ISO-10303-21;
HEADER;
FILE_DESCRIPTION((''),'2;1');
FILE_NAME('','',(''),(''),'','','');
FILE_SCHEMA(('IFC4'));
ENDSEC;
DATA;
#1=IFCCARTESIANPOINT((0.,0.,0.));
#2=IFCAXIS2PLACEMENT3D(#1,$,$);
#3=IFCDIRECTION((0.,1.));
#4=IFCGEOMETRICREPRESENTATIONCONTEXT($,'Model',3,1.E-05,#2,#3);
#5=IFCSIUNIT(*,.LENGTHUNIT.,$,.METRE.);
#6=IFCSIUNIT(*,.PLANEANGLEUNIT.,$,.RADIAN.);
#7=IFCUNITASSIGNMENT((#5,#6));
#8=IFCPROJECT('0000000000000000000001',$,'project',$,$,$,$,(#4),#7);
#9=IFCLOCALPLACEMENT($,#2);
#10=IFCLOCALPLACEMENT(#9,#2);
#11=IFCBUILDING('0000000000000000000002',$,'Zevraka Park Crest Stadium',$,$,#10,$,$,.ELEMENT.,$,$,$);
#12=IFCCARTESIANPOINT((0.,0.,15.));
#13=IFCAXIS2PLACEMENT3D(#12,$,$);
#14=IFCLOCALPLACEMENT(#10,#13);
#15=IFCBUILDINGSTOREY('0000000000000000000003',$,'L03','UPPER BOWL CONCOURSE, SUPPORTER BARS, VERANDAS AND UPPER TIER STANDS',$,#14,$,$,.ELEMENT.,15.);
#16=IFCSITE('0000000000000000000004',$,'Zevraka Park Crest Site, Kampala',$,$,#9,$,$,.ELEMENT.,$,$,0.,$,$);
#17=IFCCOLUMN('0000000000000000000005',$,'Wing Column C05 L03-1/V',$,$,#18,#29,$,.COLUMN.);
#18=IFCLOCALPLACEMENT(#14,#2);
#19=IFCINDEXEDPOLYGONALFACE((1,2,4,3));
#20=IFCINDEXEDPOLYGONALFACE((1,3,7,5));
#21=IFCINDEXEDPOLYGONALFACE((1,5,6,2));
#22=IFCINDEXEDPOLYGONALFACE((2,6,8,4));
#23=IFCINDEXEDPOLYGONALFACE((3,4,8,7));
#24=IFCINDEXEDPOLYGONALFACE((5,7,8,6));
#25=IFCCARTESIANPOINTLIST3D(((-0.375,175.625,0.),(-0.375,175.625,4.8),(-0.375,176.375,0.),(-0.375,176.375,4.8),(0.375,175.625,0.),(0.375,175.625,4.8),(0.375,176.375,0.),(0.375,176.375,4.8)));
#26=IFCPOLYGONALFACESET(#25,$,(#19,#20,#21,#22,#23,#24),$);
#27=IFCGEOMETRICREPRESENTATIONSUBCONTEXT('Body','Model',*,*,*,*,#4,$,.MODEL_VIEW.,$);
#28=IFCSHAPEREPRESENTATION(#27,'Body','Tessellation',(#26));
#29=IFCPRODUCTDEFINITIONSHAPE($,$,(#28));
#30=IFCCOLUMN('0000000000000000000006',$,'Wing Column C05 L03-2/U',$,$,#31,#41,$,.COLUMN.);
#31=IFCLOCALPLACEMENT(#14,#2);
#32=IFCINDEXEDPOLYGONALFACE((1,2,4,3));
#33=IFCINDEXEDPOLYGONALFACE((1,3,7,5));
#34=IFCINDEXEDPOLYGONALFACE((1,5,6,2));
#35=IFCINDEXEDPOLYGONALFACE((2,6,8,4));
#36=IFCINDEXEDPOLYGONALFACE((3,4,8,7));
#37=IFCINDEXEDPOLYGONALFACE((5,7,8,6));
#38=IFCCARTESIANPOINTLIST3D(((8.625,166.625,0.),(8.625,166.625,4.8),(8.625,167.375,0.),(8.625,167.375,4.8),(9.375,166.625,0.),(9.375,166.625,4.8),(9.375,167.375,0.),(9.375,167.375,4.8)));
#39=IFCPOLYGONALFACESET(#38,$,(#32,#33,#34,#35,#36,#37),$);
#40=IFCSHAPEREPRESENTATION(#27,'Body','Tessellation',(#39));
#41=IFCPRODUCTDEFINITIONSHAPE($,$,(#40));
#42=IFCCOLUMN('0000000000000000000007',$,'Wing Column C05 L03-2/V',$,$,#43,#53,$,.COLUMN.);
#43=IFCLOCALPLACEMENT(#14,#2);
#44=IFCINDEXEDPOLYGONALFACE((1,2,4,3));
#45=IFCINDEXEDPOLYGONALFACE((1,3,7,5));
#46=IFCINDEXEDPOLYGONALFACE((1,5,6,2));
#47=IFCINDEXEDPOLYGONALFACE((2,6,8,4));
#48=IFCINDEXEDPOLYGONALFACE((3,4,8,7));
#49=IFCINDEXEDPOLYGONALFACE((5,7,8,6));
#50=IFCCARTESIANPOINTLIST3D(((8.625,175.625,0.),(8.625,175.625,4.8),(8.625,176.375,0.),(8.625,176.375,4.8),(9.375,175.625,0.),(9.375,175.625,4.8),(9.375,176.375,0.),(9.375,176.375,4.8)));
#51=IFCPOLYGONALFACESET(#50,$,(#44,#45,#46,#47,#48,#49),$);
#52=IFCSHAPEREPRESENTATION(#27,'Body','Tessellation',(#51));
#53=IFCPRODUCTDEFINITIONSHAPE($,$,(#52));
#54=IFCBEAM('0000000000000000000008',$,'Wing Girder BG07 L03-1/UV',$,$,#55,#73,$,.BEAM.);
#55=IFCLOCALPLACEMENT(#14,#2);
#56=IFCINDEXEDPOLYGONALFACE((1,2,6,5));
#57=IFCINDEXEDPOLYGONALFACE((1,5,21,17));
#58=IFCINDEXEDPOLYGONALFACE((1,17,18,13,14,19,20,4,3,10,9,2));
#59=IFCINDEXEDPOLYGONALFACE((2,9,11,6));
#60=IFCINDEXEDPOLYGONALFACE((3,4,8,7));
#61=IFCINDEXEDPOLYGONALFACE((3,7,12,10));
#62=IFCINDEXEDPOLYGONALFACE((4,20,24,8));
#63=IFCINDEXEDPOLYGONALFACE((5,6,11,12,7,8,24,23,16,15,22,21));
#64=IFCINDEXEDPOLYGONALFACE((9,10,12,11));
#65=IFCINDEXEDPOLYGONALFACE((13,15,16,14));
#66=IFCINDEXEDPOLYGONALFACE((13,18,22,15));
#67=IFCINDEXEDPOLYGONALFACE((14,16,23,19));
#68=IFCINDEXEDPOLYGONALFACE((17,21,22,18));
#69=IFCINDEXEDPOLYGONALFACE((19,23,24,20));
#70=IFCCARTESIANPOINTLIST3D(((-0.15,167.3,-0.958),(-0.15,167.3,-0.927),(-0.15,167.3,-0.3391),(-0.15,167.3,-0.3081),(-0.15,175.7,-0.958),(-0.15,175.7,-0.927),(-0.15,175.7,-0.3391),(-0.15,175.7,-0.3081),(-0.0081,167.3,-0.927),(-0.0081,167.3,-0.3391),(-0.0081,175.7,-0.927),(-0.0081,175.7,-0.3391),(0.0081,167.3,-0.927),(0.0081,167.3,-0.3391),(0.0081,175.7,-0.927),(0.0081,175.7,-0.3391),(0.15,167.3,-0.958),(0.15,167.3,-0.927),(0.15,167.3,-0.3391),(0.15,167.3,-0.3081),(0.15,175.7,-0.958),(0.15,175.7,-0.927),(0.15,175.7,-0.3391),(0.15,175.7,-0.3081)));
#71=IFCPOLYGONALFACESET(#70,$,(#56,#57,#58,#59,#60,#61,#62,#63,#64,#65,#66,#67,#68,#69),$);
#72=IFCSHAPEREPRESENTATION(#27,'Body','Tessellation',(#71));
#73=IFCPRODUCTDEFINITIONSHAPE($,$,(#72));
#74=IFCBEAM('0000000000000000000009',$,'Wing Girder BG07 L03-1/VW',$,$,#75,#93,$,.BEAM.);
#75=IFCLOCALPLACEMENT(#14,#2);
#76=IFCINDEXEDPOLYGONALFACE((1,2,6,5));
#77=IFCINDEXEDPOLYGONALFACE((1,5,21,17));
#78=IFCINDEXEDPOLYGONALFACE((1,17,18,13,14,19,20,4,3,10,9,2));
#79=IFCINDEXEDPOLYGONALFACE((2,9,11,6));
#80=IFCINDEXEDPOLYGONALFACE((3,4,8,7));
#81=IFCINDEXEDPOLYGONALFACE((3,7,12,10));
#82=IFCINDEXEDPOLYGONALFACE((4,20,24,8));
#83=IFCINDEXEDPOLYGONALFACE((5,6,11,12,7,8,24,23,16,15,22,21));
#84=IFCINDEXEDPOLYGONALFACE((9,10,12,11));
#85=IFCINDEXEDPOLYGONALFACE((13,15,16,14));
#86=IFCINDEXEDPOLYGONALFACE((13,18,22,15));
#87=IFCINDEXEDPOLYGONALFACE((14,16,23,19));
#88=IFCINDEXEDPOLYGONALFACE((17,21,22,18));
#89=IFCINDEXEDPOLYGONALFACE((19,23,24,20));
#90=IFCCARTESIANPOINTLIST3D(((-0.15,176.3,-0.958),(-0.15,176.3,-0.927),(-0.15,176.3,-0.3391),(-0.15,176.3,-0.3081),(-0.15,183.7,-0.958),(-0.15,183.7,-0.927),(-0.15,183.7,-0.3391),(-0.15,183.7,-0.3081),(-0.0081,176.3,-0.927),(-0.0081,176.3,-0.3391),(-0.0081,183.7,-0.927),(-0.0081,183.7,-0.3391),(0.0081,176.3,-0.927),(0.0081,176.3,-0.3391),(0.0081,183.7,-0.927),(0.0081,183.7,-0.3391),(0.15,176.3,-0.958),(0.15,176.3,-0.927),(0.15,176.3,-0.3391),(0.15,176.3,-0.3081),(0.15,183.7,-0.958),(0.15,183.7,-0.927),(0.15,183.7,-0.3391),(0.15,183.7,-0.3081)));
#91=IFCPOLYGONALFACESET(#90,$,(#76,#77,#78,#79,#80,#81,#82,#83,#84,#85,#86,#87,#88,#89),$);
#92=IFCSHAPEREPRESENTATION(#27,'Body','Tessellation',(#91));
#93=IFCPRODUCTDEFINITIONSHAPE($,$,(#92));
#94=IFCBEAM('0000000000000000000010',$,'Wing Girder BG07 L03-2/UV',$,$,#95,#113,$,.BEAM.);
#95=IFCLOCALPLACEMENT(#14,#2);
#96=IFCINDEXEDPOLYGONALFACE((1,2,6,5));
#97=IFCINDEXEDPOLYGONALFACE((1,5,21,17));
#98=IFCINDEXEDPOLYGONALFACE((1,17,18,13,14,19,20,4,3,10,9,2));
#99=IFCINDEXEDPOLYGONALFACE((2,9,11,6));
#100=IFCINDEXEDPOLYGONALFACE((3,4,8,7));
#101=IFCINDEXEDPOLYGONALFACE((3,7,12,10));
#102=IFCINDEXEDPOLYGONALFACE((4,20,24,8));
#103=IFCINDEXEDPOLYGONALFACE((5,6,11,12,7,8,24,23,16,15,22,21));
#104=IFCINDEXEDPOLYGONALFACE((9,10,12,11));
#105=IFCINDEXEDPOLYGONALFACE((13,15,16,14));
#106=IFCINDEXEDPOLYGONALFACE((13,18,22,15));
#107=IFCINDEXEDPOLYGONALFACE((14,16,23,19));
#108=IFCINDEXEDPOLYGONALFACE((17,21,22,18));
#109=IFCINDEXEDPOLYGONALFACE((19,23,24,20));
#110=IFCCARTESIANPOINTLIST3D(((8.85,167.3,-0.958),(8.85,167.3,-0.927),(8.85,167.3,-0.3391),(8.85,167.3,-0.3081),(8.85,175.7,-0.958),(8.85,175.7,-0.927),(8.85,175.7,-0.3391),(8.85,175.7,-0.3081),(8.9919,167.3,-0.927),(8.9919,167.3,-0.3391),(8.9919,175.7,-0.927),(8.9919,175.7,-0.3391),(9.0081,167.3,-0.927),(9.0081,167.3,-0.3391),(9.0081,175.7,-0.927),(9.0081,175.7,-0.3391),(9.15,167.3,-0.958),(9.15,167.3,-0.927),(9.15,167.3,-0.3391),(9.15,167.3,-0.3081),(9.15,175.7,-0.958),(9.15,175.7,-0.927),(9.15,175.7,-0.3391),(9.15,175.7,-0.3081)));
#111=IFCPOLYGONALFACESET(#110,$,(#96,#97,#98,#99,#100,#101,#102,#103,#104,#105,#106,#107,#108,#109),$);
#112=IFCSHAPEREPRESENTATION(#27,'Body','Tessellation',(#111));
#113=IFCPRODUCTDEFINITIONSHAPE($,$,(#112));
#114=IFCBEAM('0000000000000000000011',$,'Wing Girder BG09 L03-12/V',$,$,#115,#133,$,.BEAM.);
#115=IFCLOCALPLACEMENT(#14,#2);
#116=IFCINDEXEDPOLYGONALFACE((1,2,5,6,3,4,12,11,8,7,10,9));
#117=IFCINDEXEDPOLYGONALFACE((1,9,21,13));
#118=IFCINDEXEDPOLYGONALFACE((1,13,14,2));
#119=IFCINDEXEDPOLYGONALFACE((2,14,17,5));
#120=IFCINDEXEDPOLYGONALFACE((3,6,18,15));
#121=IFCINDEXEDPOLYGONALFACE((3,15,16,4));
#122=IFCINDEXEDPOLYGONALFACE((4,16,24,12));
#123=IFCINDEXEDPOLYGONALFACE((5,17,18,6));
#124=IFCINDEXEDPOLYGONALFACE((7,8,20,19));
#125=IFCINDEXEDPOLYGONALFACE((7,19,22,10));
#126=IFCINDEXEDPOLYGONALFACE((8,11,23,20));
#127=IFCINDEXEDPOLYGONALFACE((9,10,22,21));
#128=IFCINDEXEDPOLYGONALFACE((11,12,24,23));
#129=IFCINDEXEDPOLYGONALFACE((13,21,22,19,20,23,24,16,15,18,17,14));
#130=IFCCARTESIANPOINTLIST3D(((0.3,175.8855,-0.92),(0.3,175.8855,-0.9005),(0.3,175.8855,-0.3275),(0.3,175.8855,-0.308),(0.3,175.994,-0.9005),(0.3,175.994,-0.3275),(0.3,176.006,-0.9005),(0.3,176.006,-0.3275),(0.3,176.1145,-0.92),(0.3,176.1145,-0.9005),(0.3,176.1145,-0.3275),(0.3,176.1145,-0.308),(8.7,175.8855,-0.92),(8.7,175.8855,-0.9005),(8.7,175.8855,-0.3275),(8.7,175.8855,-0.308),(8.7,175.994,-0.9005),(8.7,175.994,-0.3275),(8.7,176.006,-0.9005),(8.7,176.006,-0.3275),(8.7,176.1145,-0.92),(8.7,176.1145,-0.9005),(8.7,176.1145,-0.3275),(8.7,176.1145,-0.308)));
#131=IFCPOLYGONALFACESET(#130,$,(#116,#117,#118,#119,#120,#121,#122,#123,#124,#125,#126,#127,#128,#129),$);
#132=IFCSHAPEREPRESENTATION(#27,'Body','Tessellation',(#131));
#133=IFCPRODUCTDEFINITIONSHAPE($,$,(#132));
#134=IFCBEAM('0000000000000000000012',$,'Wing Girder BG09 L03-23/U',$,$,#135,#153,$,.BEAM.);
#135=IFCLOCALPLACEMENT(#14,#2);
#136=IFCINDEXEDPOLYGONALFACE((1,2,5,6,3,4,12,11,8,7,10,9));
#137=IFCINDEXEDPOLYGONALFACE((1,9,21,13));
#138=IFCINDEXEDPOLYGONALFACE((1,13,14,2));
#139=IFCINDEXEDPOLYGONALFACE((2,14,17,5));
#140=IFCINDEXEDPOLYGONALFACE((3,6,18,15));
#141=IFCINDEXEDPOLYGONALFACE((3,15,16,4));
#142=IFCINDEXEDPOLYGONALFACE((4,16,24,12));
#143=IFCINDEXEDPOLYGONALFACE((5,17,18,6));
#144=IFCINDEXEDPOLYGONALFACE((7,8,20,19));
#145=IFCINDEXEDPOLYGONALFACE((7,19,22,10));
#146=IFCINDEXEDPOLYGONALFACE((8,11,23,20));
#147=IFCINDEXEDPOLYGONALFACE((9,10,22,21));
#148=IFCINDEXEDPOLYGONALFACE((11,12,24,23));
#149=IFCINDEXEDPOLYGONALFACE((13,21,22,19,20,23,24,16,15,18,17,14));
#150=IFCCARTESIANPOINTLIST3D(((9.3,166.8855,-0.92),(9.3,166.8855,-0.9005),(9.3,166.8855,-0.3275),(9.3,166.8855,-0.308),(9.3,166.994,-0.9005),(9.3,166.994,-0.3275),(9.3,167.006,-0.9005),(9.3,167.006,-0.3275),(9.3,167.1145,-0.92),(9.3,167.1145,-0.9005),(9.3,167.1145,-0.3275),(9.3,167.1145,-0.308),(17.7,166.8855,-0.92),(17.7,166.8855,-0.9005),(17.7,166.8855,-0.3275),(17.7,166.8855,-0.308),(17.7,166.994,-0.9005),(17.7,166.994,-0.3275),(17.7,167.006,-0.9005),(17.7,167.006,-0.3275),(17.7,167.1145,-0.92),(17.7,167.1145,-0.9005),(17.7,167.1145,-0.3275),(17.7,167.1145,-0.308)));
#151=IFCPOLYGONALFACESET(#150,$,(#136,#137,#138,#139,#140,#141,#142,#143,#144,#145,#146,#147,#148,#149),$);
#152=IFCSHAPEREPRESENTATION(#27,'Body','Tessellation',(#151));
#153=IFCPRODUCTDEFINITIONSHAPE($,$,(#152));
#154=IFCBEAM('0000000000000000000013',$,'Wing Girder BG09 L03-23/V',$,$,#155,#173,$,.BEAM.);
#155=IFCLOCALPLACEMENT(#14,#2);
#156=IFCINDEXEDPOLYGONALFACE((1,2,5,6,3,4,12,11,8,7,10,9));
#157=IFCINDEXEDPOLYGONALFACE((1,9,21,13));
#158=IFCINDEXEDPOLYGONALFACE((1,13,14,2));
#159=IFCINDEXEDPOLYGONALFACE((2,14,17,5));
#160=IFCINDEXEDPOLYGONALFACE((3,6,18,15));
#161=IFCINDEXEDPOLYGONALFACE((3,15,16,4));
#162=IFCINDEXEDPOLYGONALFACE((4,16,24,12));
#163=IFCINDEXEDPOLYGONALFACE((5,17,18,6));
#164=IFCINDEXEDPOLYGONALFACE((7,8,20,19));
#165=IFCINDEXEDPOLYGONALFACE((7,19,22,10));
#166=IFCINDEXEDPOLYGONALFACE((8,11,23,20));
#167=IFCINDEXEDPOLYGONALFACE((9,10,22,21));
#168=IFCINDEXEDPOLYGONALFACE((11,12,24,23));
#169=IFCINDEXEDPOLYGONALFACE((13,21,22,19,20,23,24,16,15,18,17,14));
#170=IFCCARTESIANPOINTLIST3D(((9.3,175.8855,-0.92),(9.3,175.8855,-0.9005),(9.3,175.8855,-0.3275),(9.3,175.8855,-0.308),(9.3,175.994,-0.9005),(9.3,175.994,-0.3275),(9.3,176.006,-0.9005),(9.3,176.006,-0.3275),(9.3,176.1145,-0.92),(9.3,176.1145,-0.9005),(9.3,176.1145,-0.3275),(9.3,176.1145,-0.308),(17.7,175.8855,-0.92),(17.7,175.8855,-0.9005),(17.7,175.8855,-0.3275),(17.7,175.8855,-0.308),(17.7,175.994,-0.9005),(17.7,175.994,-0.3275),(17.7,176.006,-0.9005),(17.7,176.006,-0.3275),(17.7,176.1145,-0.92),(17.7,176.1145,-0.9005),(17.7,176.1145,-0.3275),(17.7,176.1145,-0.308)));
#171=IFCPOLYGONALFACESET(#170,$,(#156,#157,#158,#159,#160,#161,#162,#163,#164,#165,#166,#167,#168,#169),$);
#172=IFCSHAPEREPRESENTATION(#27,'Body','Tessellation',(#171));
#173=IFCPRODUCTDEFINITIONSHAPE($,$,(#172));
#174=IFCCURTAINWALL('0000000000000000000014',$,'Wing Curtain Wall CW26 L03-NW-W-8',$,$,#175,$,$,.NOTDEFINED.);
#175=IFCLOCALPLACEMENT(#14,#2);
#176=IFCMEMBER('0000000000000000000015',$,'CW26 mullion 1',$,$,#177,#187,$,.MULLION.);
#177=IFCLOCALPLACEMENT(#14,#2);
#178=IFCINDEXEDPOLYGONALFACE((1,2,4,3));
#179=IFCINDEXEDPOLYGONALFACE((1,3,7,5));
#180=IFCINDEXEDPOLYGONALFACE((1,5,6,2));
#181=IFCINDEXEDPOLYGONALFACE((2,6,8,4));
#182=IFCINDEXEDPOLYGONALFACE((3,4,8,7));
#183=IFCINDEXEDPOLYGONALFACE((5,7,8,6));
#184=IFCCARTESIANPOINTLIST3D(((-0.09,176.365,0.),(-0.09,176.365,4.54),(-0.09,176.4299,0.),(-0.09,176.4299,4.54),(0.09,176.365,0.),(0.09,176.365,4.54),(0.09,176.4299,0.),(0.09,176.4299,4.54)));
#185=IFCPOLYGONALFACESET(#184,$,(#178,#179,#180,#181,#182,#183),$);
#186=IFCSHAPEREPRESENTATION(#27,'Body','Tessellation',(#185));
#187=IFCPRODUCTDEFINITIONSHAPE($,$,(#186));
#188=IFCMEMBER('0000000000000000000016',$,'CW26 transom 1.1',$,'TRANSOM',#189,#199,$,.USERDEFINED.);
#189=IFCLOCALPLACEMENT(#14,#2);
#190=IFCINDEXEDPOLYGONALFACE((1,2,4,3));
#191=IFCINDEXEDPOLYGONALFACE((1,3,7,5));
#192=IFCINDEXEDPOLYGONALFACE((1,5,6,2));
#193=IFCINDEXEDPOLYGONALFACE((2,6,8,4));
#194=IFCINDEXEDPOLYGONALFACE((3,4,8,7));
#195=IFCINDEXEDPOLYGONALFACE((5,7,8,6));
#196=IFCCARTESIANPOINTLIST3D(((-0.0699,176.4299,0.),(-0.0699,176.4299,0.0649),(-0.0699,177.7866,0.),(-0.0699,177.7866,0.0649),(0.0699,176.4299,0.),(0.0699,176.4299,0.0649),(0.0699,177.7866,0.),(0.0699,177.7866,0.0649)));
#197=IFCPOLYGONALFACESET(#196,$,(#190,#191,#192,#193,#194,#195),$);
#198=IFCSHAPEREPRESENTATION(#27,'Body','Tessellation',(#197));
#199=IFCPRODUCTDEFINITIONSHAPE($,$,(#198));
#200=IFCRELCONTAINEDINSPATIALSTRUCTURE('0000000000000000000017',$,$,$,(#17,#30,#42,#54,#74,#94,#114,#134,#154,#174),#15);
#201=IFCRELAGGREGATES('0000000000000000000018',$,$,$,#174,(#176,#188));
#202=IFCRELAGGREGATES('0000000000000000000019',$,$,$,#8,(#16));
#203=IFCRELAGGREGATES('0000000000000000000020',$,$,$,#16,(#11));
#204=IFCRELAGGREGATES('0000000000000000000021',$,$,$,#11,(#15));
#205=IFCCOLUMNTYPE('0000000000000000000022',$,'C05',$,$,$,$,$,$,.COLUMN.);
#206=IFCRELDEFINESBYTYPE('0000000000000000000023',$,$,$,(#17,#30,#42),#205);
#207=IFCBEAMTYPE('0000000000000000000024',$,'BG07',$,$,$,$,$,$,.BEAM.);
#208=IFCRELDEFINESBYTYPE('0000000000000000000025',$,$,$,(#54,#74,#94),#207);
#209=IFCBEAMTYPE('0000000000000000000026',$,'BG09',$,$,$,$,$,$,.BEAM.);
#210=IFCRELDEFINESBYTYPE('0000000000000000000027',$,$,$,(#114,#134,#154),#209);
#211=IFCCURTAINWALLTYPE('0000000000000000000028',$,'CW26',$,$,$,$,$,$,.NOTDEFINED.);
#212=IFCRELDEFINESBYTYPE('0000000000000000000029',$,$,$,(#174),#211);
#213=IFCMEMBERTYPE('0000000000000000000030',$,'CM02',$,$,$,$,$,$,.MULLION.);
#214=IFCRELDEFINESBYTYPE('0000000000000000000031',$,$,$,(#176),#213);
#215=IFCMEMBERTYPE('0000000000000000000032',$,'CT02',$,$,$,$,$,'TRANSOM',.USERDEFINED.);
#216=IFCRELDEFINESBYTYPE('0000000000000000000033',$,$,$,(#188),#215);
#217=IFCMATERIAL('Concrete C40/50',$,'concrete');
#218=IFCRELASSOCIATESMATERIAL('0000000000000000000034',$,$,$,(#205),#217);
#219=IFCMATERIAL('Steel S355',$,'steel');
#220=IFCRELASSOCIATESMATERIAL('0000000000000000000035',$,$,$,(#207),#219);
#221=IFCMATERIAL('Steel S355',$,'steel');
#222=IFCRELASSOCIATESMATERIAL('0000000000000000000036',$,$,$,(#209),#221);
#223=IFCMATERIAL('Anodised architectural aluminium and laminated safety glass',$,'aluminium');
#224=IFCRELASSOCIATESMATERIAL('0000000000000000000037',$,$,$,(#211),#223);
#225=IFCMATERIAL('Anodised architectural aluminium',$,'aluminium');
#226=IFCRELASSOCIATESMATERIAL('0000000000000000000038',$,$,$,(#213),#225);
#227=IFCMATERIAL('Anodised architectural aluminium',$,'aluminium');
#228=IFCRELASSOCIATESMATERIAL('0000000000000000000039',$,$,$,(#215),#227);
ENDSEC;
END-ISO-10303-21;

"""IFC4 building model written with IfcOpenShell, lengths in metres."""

from ifc_helpers import new_model, si_unit, direction, frame, origin, origin_2d, place, context, subcontext, project, spatial, rectangle, i_section, extrude, material, material_profile, profile_set, type_object, element, aggregate, save


model = new_model("IFC4")

# Units and contexts
model_context = context("Model", 3, precision=1e-05, world=origin(), true_north=direction((0.0, 1.0)))
body_context = subcontext(model_context, "Body", "Model", "MODEL_VIEW")
ifc_project = project(units=[si_unit("LENGTHUNIT", "METRE"), si_unit("PLANEANGLEUNIT", "RADIAN")], contexts=[model_context])

# Site, building, storey
site_placement = place(None, origin())
site = spatial("IfcSite", under=ifc_project, at=site_placement, Name="Zevraka Park Crest Site, Kampala", CompositionType="ELEMENT", RefElevation=0.0)
building_placement = place(site_placement, origin())
building = spatial("IfcBuilding", under=site, at=building_placement, Name="Zevraka Park Crest Stadium", CompositionType="ELEMENT")
storey_placement = place(building_placement, frame((0.0, 0.0, 15.0)))
storey = spatial("IfcBuildingStorey", under=building, at=storey_placement, Name="L03", Description="UPPER BOWL CONCOURSE, SUPPORTER BARS, VERANDAS AND UPPER TIER STANDS", CompositionType="ELEMENT", Elevation=15.0)

# Columns
ifc_material_1 = material(Name="Concrete C40/50", Category="concrete")
ifc_material_profile_1 = material_profile(ifc_material_1, rectangle(XDim=0.75, YDim=0.75, at=origin_2d()), Name="RC 750x750")
ifc_profile_set_1 = profile_set([ifc_material_profile_1], Name="Concrete C40/50")
column_type = type_object("IfcColumnType", Name="C05", PredefinedType="COLUMN", material=ifc_profile_set_1)
for number, where, z_axis, x_axis, name in (
    (1, (0.0, 176.0, 0.0), (0.0, 0.0, 1.0), (1.0, 0.0, 0.0), "Wing Column C05 L03-1/V"),
    (2, (9.0, 167.0, 0.0), (0.0, 0.0, 1.0), (1.0, 0.0, 0.0), "Wing Column C05 L03-2/U"),
    (3, (9.0, 176.0, 0.0), (0.0, 0.0, 1.0), (1.0, 0.0, 0.0), "Wing Column C05 L03-2/V"),
):
    element("IfcColumn", number, at=place(storey_placement, frame(where, z_axis=z_axis, x_axis=x_axis)), inside=storey, type_object=column_type, Name=name, PredefinedType="COLUMN", context=body_context, shape_type="SweptSolid", body=[
        extrude(rectangle(XDim=0.75, YDim=0.75, at=origin_2d()), origin(), (0.0, 0.0, 1.0), 4.8),
    ])

# Beams
ifc_material_2 = material(Name="Steel S355", Category="steel")
ifc_material_profile_2 = material_profile(ifc_material_2, i_section(OverallWidth=0.3, OverallDepth=0.6499, WebThickness=0.0161, FlangeThickness=0.031, at=origin_2d()), Name="HEB 650")
ifc_profile_set_2 = profile_set([ifc_material_profile_2], Name="Steel S355")
beam_type_1 = type_object("IfcBeamType", Name="BG07", PredefinedType="BEAM", material=ifc_profile_set_2)
beam_1_placement = place(storey_placement, frame((0.0, 167.3, -0.6331), z_axis=(0.0, 1.0, 0.0), x_axis=(-1.0, 0.0, 0.0)))
element("IfcBeam", 4, at=beam_1_placement, inside=storey, type_object=beam_type_1, Name="Wing Girder BG07 L03-1/UV", PredefinedType="BEAM", context=body_context, shape_type="SweptSolid", body=[
    extrude(i_section(OverallWidth=0.3, OverallDepth=0.6499, WebThickness=0.0161, FlangeThickness=0.031, at=origin_2d()), origin(), (0.0, 0.0, 1.0), 8.3999),
])
beam_2_placement = place(storey_placement, frame((0.0, 176.3, -0.6331), z_axis=(0.0, 1.0, 0.0), x_axis=(-1.0, 0.0, 0.0)))
element("IfcBeam", 5, at=beam_2_placement, inside=storey, type_object=beam_type_1, Name="Wing Girder BG07 L03-1/VW", PredefinedType="BEAM", context=body_context, shape_type="SweptSolid", body=[
    extrude(i_section(OverallWidth=0.3, OverallDepth=0.6499, WebThickness=0.0161, FlangeThickness=0.031, at=origin_2d()), origin(), (0.0, 0.0, 1.0), 7.3999),
])
beam_3_placement = place(storey_placement, frame((9.0, 167.3, -0.6331), z_axis=(0.0, 1.0, 0.0), x_axis=(-1.0, 0.0, 0.0)))
element("IfcBeam", 6, at=beam_3_placement, inside=storey, type_object=beam_type_1, Name="Wing Girder BG07 L03-2/UV", PredefinedType="BEAM", context=body_context, shape_type="SweptSolid", body=[
    extrude(i_section(OverallWidth=0.3, OverallDepth=0.6499, WebThickness=0.0161, FlangeThickness=0.031, at=origin_2d()), origin(), (0.0, 0.0, 1.0), 8.3999),
])
ifc_material_3 = material(Name="Steel S355", Category="steel")
ifc_material_profile_3 = material_profile(ifc_material_3, i_section(OverallWidth=0.229, OverallDepth=0.6121, WebThickness=0.012, FlangeThickness=0.0195, at=origin_2d()), Name="UKB 610x229x125")
ifc_profile_set_3 = profile_set([ifc_material_profile_3], Name="Steel S355")
beam_type_2 = type_object("IfcBeamType", Name="BG09", PredefinedType="BEAM", material=ifc_profile_set_3)
for number, where, z_axis, x_axis, name in (
    (7, (0.3, 176.0, -0.614), (1.0, 0.0, 0.0), (0.0, 1.0, 0.0), "Wing Girder BG09 L03-12/V"),
    (8, (9.3, 167.0, -0.614), (1.0, 0.0, 0.0), (0.0, 1.0, 0.0), "Wing Girder BG09 L03-23/U"),
    (9, (9.3, 176.0, -0.614), (1.0, 0.0, 0.0), (0.0, 1.0, 0.0), "Wing Girder BG09 L03-23/V"),
):
    element("IfcBeam", number, at=place(storey_placement, frame(where, z_axis=z_axis, x_axis=x_axis)), inside=storey, type_object=beam_type_2, Name=name, PredefinedType="BEAM", context=body_context, shape_type="SweptSolid", body=[
        extrude(i_section(OverallWidth=0.229, OverallDepth=0.6121, WebThickness=0.012, FlangeThickness=0.0195, at=origin_2d()), origin(), (0.0, 0.0, 1.0), 8.3999),
    ])

# Curtain wall, members
ifc_material_4 = material(Name="Anodised architectural aluminium and laminated safety glass", Category="aluminium")
curtain_wall_type = type_object("IfcCurtainWallType", Name="CW26", PredefinedType="NOTDEFINED", material=ifc_material_4)
curtain_wall_placement = place(storey_placement, origin())
curtain_wall = element("IfcCurtainWall", 10, at=curtain_wall_placement, inside=storey, type_object=curtain_wall_type, Name="Wing Curtain Wall CW26 L03-NW-W-8", PredefinedType="NOTDEFINED")
ifc_material_5 = material(Name="Anodised architectural aluminium", Category="aluminium")
ifc_material_profile_4 = material_profile(ifc_material_5, rectangle(XDim=0.1799, YDim=0.0649, at=origin_2d()), Name="ALU MULLION 180x65")
ifc_profile_set_4 = profile_set([ifc_material_profile_4], Name="Anodised architectural aluminium")
member_type_1 = type_object("IfcMemberType", Name="CM02", PredefinedType="MULLION", material=ifc_profile_set_4)
member_1_placement = place(storey_placement, frame((0.0, 176.3975, 0.0), z_axis=(0.0, 0.0, 1.0), x_axis=(-1.0, 0.0, 0.0)))
member_1 = element("IfcMember", 11, at=member_1_placement, type_object=member_type_1, Name="CW26 mullion 1", PredefinedType="MULLION", context=body_context, shape_type="SweptSolid", body=[
    extrude(rectangle(XDim=0.1799, YDim=0.0649, at=origin_2d()), origin(), (0.0, 0.0, 1.0), 4.54),
])
ifc_material_6 = material(Name="Anodised architectural aluminium", Category="aluminium")
ifc_material_profile_5 = material_profile(ifc_material_6, rectangle(XDim=0.1399, YDim=0.0649, at=origin_2d()), Name="ALU TRANSOM 140x65")
ifc_profile_set_5 = profile_set([ifc_material_profile_5], Name="Anodised architectural aluminium")
member_type_2 = type_object("IfcMemberType", Name="CT02", ElementType="TRANSOM", PredefinedType="USERDEFINED", material=ifc_profile_set_5)
member_2_placement = place(storey_placement, frame((0.0, 176.4299, 0.0325), z_axis=(0.0, 1.0, 0.0), x_axis=(-1.0, 0.0, 0.0)))
member_2 = element("IfcMember", 12, at=member_2_placement, type_object=member_type_2, Name="CW26 transom 1.1", ObjectType="TRANSOM", PredefinedType="USERDEFINED", context=body_context, shape_type="SweptSolid", body=[
    extrude(rectangle(XDim=0.1399, YDim=0.0649, at=origin_2d()), origin(), (0.0, 0.0, 1.0), 1.3567),
])
aggregate(curtain_wall, [member_1, member_2])

save(model, "model.ifc")
